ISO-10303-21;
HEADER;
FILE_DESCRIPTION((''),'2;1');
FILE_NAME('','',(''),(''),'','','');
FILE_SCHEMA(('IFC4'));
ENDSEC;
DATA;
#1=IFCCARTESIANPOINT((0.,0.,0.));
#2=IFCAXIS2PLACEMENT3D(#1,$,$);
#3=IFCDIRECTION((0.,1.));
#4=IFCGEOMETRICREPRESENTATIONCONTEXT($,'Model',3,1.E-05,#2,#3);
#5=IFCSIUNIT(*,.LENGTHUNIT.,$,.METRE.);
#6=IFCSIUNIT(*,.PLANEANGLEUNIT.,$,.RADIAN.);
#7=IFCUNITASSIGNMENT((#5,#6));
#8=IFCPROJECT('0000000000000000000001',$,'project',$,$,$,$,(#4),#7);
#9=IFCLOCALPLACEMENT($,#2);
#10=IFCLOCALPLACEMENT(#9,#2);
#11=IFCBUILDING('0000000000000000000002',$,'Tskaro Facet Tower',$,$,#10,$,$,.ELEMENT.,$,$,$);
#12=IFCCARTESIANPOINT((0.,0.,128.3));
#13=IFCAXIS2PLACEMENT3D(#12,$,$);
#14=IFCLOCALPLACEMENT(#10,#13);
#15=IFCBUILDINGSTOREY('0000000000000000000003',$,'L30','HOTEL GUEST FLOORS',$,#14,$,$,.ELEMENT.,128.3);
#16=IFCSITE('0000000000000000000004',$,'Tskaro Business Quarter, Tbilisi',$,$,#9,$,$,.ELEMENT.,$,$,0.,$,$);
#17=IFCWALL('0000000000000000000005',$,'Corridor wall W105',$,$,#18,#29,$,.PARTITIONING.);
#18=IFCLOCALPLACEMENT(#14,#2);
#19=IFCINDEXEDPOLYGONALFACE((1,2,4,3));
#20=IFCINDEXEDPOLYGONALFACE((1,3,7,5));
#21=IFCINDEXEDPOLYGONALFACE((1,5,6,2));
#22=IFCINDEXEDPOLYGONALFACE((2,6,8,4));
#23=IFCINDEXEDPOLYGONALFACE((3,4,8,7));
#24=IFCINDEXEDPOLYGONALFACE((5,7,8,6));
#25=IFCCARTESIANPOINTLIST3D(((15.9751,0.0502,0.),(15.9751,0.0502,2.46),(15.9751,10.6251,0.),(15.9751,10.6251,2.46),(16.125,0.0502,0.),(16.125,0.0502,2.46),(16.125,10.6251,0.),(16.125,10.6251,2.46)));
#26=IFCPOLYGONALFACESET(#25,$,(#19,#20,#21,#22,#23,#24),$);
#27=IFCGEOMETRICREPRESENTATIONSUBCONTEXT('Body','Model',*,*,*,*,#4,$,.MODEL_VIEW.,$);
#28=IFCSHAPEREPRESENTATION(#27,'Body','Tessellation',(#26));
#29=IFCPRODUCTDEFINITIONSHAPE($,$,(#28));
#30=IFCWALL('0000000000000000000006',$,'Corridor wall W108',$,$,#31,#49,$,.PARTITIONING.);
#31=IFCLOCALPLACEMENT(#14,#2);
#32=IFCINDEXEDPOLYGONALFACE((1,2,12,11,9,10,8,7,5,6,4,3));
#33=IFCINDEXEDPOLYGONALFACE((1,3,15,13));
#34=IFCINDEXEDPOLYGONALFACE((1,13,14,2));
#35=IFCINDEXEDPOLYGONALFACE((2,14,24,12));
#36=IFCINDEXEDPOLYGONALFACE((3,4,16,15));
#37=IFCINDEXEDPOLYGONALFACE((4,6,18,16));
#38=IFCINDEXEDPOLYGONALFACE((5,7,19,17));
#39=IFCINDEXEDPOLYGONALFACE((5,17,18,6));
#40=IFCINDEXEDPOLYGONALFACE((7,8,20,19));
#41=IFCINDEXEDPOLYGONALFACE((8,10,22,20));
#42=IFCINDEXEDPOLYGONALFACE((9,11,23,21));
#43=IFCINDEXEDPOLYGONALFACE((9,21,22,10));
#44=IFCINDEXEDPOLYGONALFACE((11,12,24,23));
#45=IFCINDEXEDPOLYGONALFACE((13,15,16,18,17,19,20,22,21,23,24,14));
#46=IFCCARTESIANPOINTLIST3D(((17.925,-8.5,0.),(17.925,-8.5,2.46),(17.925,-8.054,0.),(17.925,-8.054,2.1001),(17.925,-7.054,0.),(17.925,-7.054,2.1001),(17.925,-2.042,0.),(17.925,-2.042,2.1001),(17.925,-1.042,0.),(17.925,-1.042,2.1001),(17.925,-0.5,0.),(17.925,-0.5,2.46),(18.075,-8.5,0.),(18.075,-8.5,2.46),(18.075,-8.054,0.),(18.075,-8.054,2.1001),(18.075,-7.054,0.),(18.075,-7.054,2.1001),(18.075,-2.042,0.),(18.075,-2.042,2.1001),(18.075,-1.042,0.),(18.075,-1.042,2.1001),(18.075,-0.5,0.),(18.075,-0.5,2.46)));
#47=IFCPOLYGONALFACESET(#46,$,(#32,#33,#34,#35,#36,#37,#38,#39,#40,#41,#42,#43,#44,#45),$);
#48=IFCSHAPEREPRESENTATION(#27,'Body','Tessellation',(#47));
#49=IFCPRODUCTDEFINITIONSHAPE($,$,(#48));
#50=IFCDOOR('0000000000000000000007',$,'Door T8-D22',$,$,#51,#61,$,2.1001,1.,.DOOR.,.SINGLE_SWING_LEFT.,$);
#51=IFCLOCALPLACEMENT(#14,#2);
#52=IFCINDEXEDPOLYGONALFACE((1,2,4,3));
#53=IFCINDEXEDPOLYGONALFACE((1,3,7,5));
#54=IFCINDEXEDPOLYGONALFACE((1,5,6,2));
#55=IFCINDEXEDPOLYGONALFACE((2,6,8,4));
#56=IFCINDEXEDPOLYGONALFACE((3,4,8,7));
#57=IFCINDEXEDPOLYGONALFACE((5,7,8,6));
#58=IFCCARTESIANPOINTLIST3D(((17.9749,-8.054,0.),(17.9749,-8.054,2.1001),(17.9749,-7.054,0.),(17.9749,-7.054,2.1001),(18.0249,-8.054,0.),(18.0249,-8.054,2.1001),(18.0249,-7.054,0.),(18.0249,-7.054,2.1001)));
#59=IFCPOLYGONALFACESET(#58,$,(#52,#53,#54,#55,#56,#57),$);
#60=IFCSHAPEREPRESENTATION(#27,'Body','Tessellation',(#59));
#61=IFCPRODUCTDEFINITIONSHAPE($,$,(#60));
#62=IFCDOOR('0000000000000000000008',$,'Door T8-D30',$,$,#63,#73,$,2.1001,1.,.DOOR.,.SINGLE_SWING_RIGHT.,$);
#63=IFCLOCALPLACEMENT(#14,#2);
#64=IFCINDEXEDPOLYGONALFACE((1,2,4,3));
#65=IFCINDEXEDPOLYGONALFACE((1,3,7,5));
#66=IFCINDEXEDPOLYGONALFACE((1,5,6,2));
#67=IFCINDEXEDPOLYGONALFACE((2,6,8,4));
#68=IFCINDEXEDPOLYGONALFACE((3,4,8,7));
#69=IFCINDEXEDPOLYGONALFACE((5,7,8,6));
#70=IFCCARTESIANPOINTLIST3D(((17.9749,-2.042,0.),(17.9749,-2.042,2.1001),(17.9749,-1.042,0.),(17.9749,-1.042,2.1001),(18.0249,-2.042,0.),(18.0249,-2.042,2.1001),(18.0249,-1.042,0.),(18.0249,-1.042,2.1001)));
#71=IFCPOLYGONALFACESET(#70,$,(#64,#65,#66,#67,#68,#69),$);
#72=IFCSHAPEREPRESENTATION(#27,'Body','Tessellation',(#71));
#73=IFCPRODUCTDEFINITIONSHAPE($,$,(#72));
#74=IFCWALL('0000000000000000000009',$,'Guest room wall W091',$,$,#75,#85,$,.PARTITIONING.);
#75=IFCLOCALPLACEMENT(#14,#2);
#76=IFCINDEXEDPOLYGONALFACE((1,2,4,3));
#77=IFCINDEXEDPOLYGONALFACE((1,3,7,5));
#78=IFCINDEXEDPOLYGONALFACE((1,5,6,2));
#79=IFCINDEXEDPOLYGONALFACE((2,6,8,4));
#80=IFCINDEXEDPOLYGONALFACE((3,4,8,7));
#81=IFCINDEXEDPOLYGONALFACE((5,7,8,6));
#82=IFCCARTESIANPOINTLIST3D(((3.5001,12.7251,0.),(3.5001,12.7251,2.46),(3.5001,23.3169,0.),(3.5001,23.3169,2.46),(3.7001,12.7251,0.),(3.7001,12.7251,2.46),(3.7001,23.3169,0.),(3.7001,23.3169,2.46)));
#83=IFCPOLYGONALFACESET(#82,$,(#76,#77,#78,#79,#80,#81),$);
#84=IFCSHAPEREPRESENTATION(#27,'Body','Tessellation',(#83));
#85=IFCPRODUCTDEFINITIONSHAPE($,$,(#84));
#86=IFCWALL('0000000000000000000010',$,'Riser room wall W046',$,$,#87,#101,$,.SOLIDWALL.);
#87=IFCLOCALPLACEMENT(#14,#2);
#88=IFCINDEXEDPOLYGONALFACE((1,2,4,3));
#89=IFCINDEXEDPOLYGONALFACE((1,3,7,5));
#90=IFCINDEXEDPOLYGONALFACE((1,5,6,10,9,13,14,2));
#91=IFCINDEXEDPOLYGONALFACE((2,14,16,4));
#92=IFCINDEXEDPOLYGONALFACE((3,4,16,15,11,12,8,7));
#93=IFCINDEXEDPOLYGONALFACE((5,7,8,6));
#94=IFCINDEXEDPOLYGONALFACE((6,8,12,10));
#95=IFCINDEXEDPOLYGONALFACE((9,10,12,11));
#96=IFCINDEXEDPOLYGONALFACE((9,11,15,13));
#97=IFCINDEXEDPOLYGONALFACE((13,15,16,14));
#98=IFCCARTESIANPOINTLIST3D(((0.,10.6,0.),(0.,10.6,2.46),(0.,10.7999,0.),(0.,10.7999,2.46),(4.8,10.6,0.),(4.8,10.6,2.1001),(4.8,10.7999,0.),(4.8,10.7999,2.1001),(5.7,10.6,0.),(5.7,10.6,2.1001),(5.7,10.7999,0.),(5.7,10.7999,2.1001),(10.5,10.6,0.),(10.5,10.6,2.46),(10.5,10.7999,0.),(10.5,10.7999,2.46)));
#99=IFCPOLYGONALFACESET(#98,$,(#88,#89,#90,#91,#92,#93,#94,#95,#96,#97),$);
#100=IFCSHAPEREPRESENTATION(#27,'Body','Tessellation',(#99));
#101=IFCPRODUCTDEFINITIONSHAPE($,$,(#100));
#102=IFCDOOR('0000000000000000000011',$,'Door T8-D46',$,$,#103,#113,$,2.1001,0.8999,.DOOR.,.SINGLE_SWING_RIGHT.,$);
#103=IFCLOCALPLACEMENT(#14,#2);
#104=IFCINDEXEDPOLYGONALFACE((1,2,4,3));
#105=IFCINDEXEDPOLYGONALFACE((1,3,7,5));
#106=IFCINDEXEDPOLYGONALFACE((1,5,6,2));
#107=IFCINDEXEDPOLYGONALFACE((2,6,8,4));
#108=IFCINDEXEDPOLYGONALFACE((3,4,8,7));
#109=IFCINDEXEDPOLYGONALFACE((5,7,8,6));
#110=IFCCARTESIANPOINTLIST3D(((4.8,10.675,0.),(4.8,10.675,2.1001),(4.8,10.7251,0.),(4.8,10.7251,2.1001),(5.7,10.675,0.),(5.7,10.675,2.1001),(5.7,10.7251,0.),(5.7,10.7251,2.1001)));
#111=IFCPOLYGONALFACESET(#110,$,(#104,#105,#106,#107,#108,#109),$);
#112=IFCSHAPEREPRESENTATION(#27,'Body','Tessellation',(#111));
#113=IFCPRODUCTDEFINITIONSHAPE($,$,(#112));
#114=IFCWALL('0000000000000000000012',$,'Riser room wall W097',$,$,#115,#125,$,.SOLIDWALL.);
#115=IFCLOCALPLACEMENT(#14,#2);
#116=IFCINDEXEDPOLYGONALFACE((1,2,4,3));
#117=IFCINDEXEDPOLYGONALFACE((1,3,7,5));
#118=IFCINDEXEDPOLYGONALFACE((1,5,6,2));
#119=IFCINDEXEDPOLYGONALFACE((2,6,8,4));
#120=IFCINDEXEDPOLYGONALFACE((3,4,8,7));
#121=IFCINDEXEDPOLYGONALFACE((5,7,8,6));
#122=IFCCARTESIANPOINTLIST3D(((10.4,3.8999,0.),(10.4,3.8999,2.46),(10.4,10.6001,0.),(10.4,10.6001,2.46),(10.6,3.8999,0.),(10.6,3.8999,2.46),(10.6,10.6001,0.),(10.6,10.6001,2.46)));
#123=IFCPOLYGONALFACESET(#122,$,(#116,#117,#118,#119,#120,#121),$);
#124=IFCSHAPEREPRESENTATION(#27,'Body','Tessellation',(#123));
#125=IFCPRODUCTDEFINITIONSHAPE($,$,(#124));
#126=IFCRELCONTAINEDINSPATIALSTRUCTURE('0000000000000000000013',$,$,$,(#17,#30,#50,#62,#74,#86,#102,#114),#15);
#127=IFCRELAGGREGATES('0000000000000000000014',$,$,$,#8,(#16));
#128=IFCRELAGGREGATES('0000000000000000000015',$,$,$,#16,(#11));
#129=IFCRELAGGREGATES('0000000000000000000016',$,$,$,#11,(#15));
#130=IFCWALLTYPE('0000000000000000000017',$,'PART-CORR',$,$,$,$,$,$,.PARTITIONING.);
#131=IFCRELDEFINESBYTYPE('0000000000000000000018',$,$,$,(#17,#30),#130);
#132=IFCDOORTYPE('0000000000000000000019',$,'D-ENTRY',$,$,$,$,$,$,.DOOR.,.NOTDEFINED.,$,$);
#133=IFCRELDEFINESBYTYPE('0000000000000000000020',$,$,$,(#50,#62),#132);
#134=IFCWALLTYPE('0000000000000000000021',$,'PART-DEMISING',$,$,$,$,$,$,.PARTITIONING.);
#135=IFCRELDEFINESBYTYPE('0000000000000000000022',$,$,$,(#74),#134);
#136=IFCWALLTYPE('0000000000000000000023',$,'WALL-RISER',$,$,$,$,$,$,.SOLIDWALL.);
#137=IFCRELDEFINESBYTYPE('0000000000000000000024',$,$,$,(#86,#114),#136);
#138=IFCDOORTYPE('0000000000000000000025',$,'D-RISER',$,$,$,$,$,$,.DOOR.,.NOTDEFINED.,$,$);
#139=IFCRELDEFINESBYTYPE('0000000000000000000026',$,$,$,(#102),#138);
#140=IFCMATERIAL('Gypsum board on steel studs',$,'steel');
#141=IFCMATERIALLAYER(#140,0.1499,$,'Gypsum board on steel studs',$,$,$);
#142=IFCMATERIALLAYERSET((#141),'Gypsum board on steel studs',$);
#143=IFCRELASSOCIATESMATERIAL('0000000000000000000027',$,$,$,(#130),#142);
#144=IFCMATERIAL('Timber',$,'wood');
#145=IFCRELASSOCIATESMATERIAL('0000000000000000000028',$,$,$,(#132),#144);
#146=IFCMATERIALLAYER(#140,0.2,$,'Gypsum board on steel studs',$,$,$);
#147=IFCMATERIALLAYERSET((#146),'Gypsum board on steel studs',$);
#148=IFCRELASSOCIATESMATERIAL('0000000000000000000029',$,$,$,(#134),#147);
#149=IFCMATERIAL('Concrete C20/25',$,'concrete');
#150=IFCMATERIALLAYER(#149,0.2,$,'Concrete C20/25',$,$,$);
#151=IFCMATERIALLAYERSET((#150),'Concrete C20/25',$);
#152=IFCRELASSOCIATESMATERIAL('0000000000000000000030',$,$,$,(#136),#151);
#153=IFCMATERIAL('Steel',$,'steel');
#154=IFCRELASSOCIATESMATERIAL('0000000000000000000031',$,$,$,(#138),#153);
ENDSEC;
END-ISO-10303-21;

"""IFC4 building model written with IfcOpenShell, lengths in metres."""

from ifc_helpers import new_model, si_unit, direction, frame, frame_2d, origin, place, context, subcontext, project, spatial, rectangle, extrude, material, layer, layer_set, type_object, element, fill, save


model = new_model("IFC4")

# Units and contexts
model_context = context("Model", 3, precision=1e-05, world=origin(), true_north=direction((0.0, 1.0)))
body_context = subcontext(model_context, "Body", "Model", "MODEL_VIEW")
ifc_project = project(units=[si_unit("LENGTHUNIT", "METRE"), si_unit("PLANEANGLEUNIT", "RADIAN")], contexts=[model_context])

# Site, building, storey
site_placement = place(None, origin())
site = spatial("IfcSite", under=ifc_project, at=site_placement, Name="Tskaro Business Quarter, Tbilisi", CompositionType="ELEMENT", RefElevation=0.0)
building_placement = place(site_placement, origin())
building = spatial("IfcBuilding", under=site, at=building_placement, Name="Tskaro Facet Tower", CompositionType="ELEMENT")
storey_placement = place(building_placement, frame((0.0, 0.0, 128.3)))
storey = spatial("IfcBuildingStorey", under=building, at=storey_placement, Name="L30", Description="HOTEL GUEST FLOORS", CompositionType="ELEMENT", Elevation=128.3)

# Shared definitions
ifc_material_1 = material(Name="Gypsum board on steel studs", Category="steel")

# Shared definitions
ifc_layer_1 = layer(ifc_material_1, 0.1499, Name="Gypsum board on steel studs")
ifc_layer_set_1 = layer_set([ifc_layer_1], Name="Gypsum board on steel studs")
wall_type_1 = type_object("IfcWallType", Name="PART-CORR", PredefinedType="PARTITIONING", material=ifc_layer_set_1)
ifc_material_2 = material(Name="Timber", Category="wood")

# Wall
wall_1_placement = place(storey_placement, frame((16.05, 0.05, 0.0), z_axis=(0.0, 0.0, 1.0), x_axis=(0.0, 1.0, 0.0)))
element("IfcWall", 1, at=wall_1_placement, inside=storey, type_object=wall_type_1, Name="Corridor wall W105", PredefinedType="PARTITIONING", context=body_context, shape_type="SweptSolid", body=[
    extrude(rectangle(XDim=10.575, YDim=0.1499, at=frame_2d((5.2876, 0.0))), origin(), (0.0, 0.0, 1.0), 2.46),
])

# Wall, openings, doors
wall_2_placement = place(storey_placement, frame((18.0, -0.5, 0.0), z_axis=(0.0, 0.0, 1.0), x_axis=(0.0, -1.0, 0.0)))
wall_2 = element("IfcWall", 2, at=wall_2_placement, inside=storey, type_object=wall_type_1, Name="Corridor wall W108", PredefinedType="PARTITIONING", context=body_context, shape_type="SweptSolid", body=[
    extrude(rectangle(XDim=8.0, YDim=0.1499, at=frame_2d((4.0, 0.0))), origin(), (0.0, 0.0, 1.0), 2.46),
])
opening_1_placement = place(wall_2_placement, frame((6.554, 0.0, 0.0)))
opening_1 = element("IfcOpeningElement", 3, at=opening_1_placement, cuts=wall_2, PredefinedType="OPENING", context=body_context, shape_type="SweptSolid", body=[
    extrude(rectangle(XDim=1.0, YDim=2.1001, at=frame_2d((0.5, 1.05))), frame((0.0, 0.085, 0.0), z_axis=(0.0, -1.0, 0.0), x_axis=(1.0, 0.0, 0.0)), (0.0, 0.0, 1.0), 0.1699),
])
opening_2_placement = place(wall_2_placement, frame((0.542, 0.0, 0.0)))
opening_2 = element("IfcOpeningElement", 4, at=opening_2_placement, cuts=wall_2, PredefinedType="OPENING", context=body_context, shape_type="SweptSolid", body=[
    extrude(rectangle(XDim=1.0, YDim=2.1001, at=frame_2d((0.5, 1.05))), frame((0.0, 0.085, 0.0), z_axis=(0.0, -1.0, 0.0), x_axis=(1.0, 0.0, 0.0)), (0.0, 0.0, 1.0), 0.1699),
])
door_type_1 = type_object("IfcDoorType", Name="D-ENTRY", OperationType="NOTDEFINED", PredefinedType="DOOR", material=ifc_material_2)
door_1_placement = place(opening_1_placement, origin())
door_1 = element("IfcDoor", 5, at=door_1_placement, inside=storey, type_object=door_type_1, Name="Door T8-D22", OperationType="SINGLE_SWING_LEFT", OverallHeight=2.1001, OverallWidth=1.0, PredefinedType="DOOR", context=body_context, shape_type="SweptSolid", body=[
    extrude(rectangle(XDim=1.0, YDim=2.1001, at=frame_2d((0.5, 1.05))), frame((0.0, 0.0249, 0.0), z_axis=(0.0, -1.0, 0.0), x_axis=(1.0, 0.0, 0.0)), (0.0, 0.0, 1.0), 0.05),
])
fill(opening_1, door_1)
door_2_placement = place(opening_2_placement, origin())
door_2 = element("IfcDoor", 6, at=door_2_placement, inside=storey, type_object=door_type_1, Name="Door T8-D30", OperationType="SINGLE_SWING_RIGHT", OverallHeight=2.1001, OverallWidth=1.0, PredefinedType="DOOR", context=body_context, shape_type="SweptSolid", body=[
    extrude(rectangle(XDim=1.0, YDim=2.1001, at=frame_2d((0.5, 1.05))), frame((0.0, 0.0249, 0.0), z_axis=(0.0, -1.0, 0.0), x_axis=(1.0, 0.0, 0.0)), (0.0, 0.0, 1.0), 0.05),
])
fill(opening_2, door_2)

# Wall
ifc_layer_2 = layer(ifc_material_1, 0.2, Name="Gypsum board on steel studs")
ifc_layer_set_2 = layer_set([ifc_layer_2], Name="Gypsum board on steel studs")
wall_type_2 = type_object("IfcWallType", Name="PART-DEMISING", PredefinedType="PARTITIONING", material=ifc_layer_set_2)
wall_3_placement = place(storey_placement, frame((3.6001, 12.7251, 0.0), z_axis=(0.0, 0.0, 1.0), x_axis=(0.0, 1.0, 0.0)))
element("IfcWall", 7, at=wall_3_placement, inside=storey, type_object=wall_type_2, Name="Guest room wall W091", PredefinedType="PARTITIONING", context=body_context, shape_type="SweptSolid", body=[
    extrude(rectangle(XDim=10.5918, YDim=0.2, at=frame_2d((5.2959, 0.0))), origin(), (0.0, 0.0, 1.0), 2.46),
])

# Wall, opening, door
ifc_material_3 = material(Name="Concrete C20/25", Category="concrete")
ifc_layer_3 = layer(ifc_material_3, 0.2, Name="Concrete C20/25")
ifc_layer_set_3 = layer_set([ifc_layer_3], Name="Concrete C20/25")
wall_type_3 = type_object("IfcWallType", Name="WALL-RISER", PredefinedType="SOLIDWALL", material=ifc_layer_set_3)
wall_4_placement = place(storey_placement, frame((10.5, 10.7, 0.0), z_axis=(0.0, 0.0, 1.0), x_axis=(-1.0, 0.0, 0.0)))
wall_4 = element("IfcWall", 8, at=wall_4_placement, inside=storey, type_object=wall_type_3, Name="Riser room wall W046", PredefinedType="SOLIDWALL", context=body_context, shape_type="SweptSolid", body=[
    extrude(rectangle(XDim=10.5, YDim=0.2, at=frame_2d((5.25, 0.0))), origin(), (0.0, 0.0, 1.0), 2.46),
])
opening_3_placement = place(wall_4_placement, frame((4.8, 0.0, 0.0)))
opening_3 = element("IfcOpeningElement", 9, at=opening_3_placement, cuts=wall_4, PredefinedType="OPENING", context=body_context, shape_type="SweptSolid", body=[
    extrude(rectangle(XDim=0.8999, YDim=2.1001, at=frame_2d((0.45, 1.05))), frame((0.0, 0.1099, 0.0), z_axis=(0.0, -1.0, 0.0), x_axis=(1.0, 0.0, 0.0)), (0.0, 0.0, 1.0), 0.22),
])
ifc_material_4 = material(Name="Steel", Category="steel")
door_type_2 = type_object("IfcDoorType", Name="D-RISER", OperationType="NOTDEFINED", PredefinedType="DOOR", material=ifc_material_4)
door_3_placement = place(opening_3_placement, origin())
door_3 = element("IfcDoor", 10, at=door_3_placement, inside=storey, type_object=door_type_2, Name="Door T8-D46", OperationType="SINGLE_SWING_RIGHT", OverallHeight=2.1001, OverallWidth=0.8999, PredefinedType="DOOR", context=body_context, shape_type="SweptSolid", body=[
    extrude(rectangle(XDim=0.8999, YDim=2.1001, at=frame_2d((0.45, 1.05))), frame((0.0, 0.0249, 0.0), z_axis=(0.0, -1.0, 0.0), x_axis=(1.0, 0.0, 0.0)), (0.0, 0.0, 1.0), 0.05),
])
fill(opening_3, door_3)

# Wall
wall_5_placement = place(storey_placement, frame((10.5, 3.8999, 0.0), z_axis=(0.0, 0.0, 1.0), x_axis=(0.0, 1.0, 0.0)))
element("IfcWall", 11, at=wall_5_placement, inside=storey, type_object=wall_type_3, Name="Riser room wall W097", PredefinedType="SOLIDWALL", context=body_context, shape_type="SweptSolid", body=[
    extrude(rectangle(XDim=6.7002, YDim=0.2, at=frame_2d((3.3501, 0.0))), origin(), (0.0, 0.0, 1.0), 2.46),
])

save(model, "model.ifc")
